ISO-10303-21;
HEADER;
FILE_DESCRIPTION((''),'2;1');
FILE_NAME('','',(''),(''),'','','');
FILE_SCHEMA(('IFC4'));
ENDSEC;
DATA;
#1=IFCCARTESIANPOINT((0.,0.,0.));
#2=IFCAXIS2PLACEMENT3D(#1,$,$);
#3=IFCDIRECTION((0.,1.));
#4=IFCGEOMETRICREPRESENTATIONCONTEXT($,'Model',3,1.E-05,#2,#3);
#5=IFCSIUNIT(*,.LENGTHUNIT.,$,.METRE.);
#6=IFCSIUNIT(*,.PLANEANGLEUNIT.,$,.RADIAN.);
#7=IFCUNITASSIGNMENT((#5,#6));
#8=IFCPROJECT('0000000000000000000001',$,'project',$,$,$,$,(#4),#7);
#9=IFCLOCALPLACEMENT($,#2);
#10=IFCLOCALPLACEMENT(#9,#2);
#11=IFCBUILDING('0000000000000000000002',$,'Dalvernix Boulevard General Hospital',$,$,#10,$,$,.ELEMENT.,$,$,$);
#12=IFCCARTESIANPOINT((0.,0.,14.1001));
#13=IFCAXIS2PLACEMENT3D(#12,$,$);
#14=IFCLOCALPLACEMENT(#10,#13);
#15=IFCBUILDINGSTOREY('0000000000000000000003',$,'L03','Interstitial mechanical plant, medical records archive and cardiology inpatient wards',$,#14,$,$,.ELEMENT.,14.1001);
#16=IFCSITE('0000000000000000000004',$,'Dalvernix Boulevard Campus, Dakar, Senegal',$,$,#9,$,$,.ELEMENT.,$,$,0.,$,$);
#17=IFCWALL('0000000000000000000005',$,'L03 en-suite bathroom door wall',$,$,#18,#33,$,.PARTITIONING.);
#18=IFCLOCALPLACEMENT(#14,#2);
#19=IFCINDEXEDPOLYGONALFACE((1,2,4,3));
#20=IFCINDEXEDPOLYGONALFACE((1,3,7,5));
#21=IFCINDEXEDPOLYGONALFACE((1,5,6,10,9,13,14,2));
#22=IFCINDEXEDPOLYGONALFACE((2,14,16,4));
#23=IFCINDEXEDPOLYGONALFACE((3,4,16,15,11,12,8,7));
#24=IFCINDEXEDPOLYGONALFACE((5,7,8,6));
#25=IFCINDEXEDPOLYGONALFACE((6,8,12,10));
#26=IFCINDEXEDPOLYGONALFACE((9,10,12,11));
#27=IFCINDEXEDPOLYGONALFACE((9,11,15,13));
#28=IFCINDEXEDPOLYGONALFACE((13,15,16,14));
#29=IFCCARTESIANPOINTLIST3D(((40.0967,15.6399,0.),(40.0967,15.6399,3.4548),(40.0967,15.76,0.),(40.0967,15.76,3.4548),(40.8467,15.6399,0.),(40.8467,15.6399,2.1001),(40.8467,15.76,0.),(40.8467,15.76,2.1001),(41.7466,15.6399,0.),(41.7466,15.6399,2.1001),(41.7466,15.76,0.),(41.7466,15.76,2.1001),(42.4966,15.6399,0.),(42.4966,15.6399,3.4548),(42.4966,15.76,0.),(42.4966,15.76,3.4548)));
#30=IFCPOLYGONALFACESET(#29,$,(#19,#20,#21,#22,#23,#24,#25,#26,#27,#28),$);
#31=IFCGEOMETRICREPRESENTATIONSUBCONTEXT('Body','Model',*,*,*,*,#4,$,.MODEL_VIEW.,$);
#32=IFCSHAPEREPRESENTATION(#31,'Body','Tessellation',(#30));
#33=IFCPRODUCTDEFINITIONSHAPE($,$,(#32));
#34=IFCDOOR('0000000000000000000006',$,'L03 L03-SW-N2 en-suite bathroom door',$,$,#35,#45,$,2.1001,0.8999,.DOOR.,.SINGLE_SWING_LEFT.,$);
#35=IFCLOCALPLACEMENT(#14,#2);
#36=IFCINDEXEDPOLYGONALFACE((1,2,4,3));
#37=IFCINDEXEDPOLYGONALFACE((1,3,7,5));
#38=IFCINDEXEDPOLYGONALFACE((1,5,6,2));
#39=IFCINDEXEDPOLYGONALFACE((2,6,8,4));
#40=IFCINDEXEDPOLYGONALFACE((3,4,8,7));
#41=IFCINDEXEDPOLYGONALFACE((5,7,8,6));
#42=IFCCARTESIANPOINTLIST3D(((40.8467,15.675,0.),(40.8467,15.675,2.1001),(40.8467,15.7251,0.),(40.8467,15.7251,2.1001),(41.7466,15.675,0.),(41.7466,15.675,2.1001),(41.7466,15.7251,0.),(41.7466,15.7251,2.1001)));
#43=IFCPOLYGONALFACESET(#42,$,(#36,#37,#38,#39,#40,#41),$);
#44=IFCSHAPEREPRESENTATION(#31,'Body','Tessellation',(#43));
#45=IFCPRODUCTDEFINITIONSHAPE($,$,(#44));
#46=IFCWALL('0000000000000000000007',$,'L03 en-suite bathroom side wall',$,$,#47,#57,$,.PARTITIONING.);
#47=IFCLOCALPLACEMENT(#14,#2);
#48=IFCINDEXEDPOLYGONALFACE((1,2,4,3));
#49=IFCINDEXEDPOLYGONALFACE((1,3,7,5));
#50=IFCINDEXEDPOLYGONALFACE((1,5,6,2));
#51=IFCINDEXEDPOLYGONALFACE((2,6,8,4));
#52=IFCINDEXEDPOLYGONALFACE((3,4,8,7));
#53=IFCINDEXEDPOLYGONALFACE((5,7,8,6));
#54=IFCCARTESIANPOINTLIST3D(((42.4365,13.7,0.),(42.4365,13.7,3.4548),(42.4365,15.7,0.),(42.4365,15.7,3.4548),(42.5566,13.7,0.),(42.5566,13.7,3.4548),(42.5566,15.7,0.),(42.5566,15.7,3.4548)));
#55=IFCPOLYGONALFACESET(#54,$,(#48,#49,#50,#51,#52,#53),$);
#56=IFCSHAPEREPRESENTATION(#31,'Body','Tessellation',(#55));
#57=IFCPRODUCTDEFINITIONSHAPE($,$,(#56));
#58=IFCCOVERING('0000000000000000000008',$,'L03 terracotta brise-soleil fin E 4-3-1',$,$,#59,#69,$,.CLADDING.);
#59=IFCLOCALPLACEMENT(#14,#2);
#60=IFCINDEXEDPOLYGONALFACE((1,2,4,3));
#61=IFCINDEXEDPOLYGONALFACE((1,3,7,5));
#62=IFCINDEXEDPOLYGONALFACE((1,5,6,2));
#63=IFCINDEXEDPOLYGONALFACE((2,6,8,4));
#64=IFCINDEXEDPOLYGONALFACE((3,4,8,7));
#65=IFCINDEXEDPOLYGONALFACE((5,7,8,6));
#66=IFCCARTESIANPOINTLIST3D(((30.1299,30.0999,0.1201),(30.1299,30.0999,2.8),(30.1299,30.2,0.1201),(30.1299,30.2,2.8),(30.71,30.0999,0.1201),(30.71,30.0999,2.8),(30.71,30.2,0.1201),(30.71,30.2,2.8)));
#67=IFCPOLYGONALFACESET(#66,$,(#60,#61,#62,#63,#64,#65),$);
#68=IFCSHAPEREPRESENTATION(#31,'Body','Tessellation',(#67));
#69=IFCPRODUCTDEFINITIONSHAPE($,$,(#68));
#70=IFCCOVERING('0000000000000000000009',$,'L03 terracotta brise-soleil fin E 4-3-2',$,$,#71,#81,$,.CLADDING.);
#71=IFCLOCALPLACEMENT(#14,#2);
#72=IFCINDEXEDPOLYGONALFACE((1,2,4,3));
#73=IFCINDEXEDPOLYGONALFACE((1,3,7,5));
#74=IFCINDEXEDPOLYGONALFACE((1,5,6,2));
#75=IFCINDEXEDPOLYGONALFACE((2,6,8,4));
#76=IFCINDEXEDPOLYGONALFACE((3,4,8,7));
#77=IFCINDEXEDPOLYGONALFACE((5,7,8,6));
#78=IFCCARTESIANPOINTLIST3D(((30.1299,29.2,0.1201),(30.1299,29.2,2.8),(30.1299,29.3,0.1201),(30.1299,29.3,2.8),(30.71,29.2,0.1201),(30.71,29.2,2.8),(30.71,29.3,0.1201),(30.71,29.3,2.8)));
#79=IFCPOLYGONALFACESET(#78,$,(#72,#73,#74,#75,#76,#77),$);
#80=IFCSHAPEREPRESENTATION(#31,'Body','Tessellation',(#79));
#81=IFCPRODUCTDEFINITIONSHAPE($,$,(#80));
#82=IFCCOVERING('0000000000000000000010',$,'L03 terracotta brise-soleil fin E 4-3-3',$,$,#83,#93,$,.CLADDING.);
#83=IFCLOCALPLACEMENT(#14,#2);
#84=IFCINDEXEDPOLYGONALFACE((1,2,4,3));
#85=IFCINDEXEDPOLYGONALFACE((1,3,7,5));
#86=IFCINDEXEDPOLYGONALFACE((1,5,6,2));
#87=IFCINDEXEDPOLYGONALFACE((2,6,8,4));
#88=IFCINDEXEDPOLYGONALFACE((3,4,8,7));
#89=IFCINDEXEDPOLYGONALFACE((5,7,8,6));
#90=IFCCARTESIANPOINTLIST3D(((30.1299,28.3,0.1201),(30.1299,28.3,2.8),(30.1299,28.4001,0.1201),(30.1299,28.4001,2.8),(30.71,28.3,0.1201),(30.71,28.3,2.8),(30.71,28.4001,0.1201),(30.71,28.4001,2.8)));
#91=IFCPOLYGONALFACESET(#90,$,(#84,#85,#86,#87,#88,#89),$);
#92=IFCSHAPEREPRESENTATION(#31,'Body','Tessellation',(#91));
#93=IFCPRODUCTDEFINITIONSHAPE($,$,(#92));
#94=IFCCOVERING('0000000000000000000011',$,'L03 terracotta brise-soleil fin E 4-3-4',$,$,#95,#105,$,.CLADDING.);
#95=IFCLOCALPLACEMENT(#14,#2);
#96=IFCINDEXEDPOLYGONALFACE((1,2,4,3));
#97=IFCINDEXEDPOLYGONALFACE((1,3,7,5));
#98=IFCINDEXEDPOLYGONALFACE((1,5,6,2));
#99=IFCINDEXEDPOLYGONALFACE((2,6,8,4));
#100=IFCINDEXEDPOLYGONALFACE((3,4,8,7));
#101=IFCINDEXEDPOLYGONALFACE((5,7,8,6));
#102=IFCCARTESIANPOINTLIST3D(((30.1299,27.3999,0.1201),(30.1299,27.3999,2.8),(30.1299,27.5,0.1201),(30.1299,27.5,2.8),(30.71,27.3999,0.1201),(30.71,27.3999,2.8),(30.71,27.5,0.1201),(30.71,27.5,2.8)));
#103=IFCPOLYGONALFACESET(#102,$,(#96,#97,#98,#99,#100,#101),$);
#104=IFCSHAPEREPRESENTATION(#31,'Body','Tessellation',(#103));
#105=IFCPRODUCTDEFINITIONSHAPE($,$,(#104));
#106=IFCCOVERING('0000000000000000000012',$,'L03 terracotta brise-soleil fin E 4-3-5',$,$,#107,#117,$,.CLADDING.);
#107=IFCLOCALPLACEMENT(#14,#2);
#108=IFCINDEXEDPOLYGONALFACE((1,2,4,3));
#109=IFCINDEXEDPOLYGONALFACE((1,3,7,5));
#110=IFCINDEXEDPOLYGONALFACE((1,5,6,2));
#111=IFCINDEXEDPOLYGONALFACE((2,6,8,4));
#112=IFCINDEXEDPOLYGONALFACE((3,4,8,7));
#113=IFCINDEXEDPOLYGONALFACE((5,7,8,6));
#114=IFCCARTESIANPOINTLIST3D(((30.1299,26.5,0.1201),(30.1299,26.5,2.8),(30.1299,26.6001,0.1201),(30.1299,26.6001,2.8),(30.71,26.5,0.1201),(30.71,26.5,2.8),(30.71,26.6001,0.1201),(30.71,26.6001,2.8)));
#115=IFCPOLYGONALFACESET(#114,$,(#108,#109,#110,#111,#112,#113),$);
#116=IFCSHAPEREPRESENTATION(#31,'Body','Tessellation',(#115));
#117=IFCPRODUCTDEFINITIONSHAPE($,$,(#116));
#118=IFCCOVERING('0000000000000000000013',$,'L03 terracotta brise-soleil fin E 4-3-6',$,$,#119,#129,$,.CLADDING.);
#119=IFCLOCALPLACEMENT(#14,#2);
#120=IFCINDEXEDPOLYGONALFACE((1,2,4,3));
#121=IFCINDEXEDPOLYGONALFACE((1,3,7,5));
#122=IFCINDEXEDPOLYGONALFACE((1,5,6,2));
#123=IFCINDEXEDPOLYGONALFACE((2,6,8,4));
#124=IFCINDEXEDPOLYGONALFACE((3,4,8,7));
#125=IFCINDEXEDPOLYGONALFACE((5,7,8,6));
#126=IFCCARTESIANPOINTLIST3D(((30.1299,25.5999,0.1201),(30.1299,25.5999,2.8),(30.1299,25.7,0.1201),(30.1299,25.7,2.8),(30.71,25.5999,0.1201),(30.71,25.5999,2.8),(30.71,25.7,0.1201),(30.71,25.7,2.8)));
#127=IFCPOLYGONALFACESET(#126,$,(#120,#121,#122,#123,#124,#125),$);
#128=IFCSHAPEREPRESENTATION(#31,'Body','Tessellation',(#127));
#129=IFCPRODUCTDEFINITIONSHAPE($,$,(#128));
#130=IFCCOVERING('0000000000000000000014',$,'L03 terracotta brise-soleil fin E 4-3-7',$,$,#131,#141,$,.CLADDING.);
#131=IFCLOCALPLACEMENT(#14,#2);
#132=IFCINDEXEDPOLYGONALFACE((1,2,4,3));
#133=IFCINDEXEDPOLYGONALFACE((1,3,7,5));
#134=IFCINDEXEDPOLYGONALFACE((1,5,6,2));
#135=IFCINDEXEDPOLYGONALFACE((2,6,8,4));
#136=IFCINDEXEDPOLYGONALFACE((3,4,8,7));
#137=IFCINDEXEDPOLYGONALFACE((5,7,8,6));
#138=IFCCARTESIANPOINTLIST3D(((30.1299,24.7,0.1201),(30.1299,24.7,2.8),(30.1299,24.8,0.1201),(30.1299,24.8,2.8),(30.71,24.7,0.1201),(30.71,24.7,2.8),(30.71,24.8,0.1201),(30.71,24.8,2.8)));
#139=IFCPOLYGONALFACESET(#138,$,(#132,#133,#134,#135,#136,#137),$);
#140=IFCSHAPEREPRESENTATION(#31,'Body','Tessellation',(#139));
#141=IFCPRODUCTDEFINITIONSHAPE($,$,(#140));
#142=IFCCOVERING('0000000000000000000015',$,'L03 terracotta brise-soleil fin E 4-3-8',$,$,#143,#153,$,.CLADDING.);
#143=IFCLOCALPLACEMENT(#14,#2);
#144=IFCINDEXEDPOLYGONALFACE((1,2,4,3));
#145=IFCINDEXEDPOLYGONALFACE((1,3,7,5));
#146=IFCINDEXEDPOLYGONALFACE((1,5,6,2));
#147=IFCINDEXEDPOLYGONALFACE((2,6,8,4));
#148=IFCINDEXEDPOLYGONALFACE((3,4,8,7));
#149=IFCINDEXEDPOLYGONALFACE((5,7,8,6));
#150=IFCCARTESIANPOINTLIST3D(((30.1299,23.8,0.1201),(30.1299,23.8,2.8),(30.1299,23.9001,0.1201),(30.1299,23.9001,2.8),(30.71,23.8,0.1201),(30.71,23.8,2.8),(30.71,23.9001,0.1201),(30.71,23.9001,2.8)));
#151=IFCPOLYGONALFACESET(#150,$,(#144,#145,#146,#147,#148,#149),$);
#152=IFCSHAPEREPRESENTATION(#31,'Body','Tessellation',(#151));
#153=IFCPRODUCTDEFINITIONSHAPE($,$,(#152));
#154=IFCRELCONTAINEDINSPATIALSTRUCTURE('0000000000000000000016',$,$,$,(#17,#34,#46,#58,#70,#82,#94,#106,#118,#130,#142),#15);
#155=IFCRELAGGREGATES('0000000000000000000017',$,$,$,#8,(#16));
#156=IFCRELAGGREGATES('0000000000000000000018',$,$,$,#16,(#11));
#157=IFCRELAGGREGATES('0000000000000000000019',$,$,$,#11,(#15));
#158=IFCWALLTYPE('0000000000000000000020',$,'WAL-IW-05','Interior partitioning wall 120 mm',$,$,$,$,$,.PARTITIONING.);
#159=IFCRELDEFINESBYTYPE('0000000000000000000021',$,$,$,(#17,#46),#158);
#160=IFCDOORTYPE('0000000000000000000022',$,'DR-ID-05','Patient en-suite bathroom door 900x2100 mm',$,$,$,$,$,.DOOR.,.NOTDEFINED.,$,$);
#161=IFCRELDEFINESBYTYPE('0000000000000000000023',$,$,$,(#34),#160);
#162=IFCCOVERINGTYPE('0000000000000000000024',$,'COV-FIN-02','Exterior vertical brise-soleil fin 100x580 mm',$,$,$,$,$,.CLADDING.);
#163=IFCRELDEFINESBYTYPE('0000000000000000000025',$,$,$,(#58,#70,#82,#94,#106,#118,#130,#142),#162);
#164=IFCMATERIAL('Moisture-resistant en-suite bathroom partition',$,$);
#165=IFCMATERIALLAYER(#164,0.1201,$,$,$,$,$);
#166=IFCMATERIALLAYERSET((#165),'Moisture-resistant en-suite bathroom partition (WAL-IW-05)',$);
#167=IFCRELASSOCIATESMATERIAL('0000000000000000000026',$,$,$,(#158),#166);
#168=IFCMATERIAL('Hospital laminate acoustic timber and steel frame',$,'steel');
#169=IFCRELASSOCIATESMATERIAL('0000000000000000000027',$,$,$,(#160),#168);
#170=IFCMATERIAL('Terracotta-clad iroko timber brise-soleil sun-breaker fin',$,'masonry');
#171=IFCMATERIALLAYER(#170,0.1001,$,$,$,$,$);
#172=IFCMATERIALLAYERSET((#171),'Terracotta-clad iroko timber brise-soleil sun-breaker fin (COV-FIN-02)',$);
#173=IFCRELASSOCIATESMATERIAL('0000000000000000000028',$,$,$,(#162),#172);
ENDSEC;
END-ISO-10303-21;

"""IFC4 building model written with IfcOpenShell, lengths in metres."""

from ifc_helpers import new_model, si_unit, direction, frame, frame_2d, origin, origin_2d, place, context, subcontext, project, spatial, rectangle, extrude, material, layer, layer_set, type_object, element, fill, save


model = new_model("IFC4")

# Units and contexts
model_context = context("Model", 3, precision=1e-05, world=origin(), true_north=direction((0.0, 1.0)))
body_context = subcontext(model_context, "Body", "Model", "MODEL_VIEW")
ifc_project = project(units=[si_unit("LENGTHUNIT", "METRE"), si_unit("PLANEANGLEUNIT", "RADIAN")], contexts=[model_context])

# Site, building, storey
site_placement = place(None, origin())
site = spatial("IfcSite", under=ifc_project, at=site_placement, Name="Dalvernix Boulevard Campus, Dakar, Senegal", CompositionType="ELEMENT", RefElevation=0.0)
building_placement = place(site_placement, origin())
building = spatial("IfcBuilding", under=site, at=building_placement, Name="Dalvernix Boulevard General Hospital", CompositionType="ELEMENT")
storey_placement = place(building_placement, frame((0.0, 0.0, 14.1001)))
storey = spatial("IfcBuildingStorey", under=building, at=storey_placement, Name="L03", Description="Interstitial mechanical plant, medical records archive and cardiology inpatient wards", CompositionType="ELEMENT", Elevation=14.1001)

# Shared definitions
ifc_material_1 = material(Name="Hospital laminate acoustic timber and steel frame", Category="steel")

# Wall, opening, door
ifc_material_2 = material(Name="Moisture-resistant en-suite bathroom partition")
ifc_layer_1 = layer(ifc_material_2, 0.1201)
ifc_layer_set_1 = layer_set([ifc_layer_1], Name="Moisture-resistant en-suite bathroom partition (WAL-IW-05)")
wall_type_1 = type_object("IfcWallType", Name="WAL-IW-05", Description="Interior partitioning wall 120 mm", PredefinedType="PARTITIONING", material=ifc_layer_set_1)
door_type_1 = type_object("IfcDoorType", Name="DR-ID-05", Description="Patient en-suite bathroom door 900x2100 mm", OperationType="NOTDEFINED", PredefinedType="DOOR", material=ifc_material_1)
wall_1_placement = place(storey_placement, frame((42.4966, 15.7, 0.0), z_axis=(0.0, 0.0, 1.0), x_axis=(-1.0, 0.0, 0.0)))
wall_1 = element("IfcWall", 1, at=wall_1_placement, inside=storey, type_object=wall_type_1, Name="L03 en-suite bathroom door wall", PredefinedType="PARTITIONING", context=body_context, shape_type="SweptSolid", body=[
    extrude(rectangle(XDim=2.3999, YDim=0.1201, at=frame_2d((1.2, 0.0))), origin(), (0.0, 0.0, 1.0), 3.4548),
])
opening_1_placement = place(wall_1_placement, frame((0.75, 0.0, 0.0)))
opening_1 = element("IfcOpeningElement", 2, at=opening_1_placement, cuts=wall_1, PredefinedType="OPENING", context=body_context, shape_type="SweptSolid", body=[
    extrude(rectangle(XDim=0.8999, YDim=2.1001, at=frame_2d((0.45, 1.05))), frame((0.0, 0.0701, 0.0), z_axis=(0.0, -1.0, 0.0), x_axis=(1.0, 0.0, 0.0)), (0.0, 0.0, 1.0), 0.1401),
])
door_1_placement = place(opening_1_placement, origin())
door_1 = element("IfcDoor", 3, at=door_1_placement, inside=storey, type_object=door_type_1, Name="L03 L03-SW-N2 en-suite bathroom door", OperationType="SINGLE_SWING_LEFT", OverallHeight=2.1001, OverallWidth=0.8999, PredefinedType="DOOR", context=body_context, shape_type="SweptSolid", body=[
    extrude(rectangle(XDim=0.8999, YDim=2.1001, at=frame_2d((0.45, 1.05))), frame((0.0, 0.0249, 0.0), z_axis=(0.0, -1.0, 0.0), x_axis=(1.0, 0.0, 0.0)), (0.0, 0.0, 1.0), 0.05),
])
fill(opening_1, door_1)

# Wall
wall_2_placement = place(storey_placement, frame((42.4966, 13.7, 0.0), z_axis=(0.0, 0.0, 1.0), x_axis=(0.0, 1.0, 0.0)))
element("IfcWall", 4, at=wall_2_placement, inside=storey, type_object=wall_type_1, Name="L03 en-suite bathroom side wall", PredefinedType="PARTITIONING", context=body_context, shape_type="SweptSolid", body=[
    extrude(rectangle(XDim=2.0, YDim=0.1201, at=frame_2d((1.0, 0.0))), origin(), (0.0, 0.0, 1.0), 3.4548),
])

# Coverings
ifc_material_3 = material(Name="Terracotta-clad iroko timber brise-soleil sun-breaker fin", Category="masonry")
ifc_layer_2 = layer(ifc_material_3, 0.1001)
ifc_layer_set_2 = layer_set([ifc_layer_2], Name="Terracotta-clad iroko timber brise-soleil sun-breaker fin (COV-FIN-02)")
covering_type = type_object("IfcCoveringType", Name="COV-FIN-02", Description="Exterior vertical brise-soleil fin 100x580 mm", PredefinedType="CLADDING", material=ifc_layer_set_2)
for number, where, z_axis, x_axis, name in (
    (5, (30.4199, 30.1499, 0.1201), (0.0, 0.0, 1.0), (0.0, -1.0, 0.0), "L03 terracotta brise-soleil fin E 4-3-1"),
    (6, (30.4199, 29.25, 0.1201), (0.0, 0.0, 1.0), (0.0, -1.0, 0.0), "L03 terracotta brise-soleil fin E 4-3-2"),
    (7, (30.4199, 28.3501, 0.1201), (0.0, 0.0, 1.0), (0.0, -1.0, 0.0), "L03 terracotta brise-soleil fin E 4-3-3"),
    (8, (30.4199, 27.45, 0.1201), (0.0, 0.0, 1.0), (0.0, -1.0, 0.0), "L03 terracotta brise-soleil fin E 4-3-4"),
    (9, (30.4199, 26.55, 0.1201), (0.0, 0.0, 1.0), (0.0, -1.0, 0.0), "L03 terracotta brise-soleil fin E 4-3-5"),
    (10, (30.4199, 25.6499, 0.1201), (0.0, 0.0, 1.0), (0.0, -1.0, 0.0), "L03 terracotta brise-soleil fin E 4-3-6"),
    (11, (30.4199, 24.75, 0.1201), (0.0, 0.0, 1.0), (0.0, -1.0, 0.0), "L03 terracotta brise-soleil fin E 4-3-7"),
    (12, (30.4199, 23.8501, 0.1201), (0.0, 0.0, 1.0), (0.0, -1.0, 0.0), "L03 terracotta brise-soleil fin E 4-3-8"),
):
    element("IfcCovering", number, at=place(storey_placement, frame(where, z_axis=z_axis, x_axis=x_axis)), inside=storey, type_object=covering_type, Name=name, PredefinedType="CLADDING", context=body_context, shape_type="SweptSolid", body=[
        extrude(rectangle(XDim=0.1001, YDim=0.5801, at=origin_2d()), origin(), (0.0, 0.0, 1.0), 2.6799),
    ])

save(model, "model.ifc")
